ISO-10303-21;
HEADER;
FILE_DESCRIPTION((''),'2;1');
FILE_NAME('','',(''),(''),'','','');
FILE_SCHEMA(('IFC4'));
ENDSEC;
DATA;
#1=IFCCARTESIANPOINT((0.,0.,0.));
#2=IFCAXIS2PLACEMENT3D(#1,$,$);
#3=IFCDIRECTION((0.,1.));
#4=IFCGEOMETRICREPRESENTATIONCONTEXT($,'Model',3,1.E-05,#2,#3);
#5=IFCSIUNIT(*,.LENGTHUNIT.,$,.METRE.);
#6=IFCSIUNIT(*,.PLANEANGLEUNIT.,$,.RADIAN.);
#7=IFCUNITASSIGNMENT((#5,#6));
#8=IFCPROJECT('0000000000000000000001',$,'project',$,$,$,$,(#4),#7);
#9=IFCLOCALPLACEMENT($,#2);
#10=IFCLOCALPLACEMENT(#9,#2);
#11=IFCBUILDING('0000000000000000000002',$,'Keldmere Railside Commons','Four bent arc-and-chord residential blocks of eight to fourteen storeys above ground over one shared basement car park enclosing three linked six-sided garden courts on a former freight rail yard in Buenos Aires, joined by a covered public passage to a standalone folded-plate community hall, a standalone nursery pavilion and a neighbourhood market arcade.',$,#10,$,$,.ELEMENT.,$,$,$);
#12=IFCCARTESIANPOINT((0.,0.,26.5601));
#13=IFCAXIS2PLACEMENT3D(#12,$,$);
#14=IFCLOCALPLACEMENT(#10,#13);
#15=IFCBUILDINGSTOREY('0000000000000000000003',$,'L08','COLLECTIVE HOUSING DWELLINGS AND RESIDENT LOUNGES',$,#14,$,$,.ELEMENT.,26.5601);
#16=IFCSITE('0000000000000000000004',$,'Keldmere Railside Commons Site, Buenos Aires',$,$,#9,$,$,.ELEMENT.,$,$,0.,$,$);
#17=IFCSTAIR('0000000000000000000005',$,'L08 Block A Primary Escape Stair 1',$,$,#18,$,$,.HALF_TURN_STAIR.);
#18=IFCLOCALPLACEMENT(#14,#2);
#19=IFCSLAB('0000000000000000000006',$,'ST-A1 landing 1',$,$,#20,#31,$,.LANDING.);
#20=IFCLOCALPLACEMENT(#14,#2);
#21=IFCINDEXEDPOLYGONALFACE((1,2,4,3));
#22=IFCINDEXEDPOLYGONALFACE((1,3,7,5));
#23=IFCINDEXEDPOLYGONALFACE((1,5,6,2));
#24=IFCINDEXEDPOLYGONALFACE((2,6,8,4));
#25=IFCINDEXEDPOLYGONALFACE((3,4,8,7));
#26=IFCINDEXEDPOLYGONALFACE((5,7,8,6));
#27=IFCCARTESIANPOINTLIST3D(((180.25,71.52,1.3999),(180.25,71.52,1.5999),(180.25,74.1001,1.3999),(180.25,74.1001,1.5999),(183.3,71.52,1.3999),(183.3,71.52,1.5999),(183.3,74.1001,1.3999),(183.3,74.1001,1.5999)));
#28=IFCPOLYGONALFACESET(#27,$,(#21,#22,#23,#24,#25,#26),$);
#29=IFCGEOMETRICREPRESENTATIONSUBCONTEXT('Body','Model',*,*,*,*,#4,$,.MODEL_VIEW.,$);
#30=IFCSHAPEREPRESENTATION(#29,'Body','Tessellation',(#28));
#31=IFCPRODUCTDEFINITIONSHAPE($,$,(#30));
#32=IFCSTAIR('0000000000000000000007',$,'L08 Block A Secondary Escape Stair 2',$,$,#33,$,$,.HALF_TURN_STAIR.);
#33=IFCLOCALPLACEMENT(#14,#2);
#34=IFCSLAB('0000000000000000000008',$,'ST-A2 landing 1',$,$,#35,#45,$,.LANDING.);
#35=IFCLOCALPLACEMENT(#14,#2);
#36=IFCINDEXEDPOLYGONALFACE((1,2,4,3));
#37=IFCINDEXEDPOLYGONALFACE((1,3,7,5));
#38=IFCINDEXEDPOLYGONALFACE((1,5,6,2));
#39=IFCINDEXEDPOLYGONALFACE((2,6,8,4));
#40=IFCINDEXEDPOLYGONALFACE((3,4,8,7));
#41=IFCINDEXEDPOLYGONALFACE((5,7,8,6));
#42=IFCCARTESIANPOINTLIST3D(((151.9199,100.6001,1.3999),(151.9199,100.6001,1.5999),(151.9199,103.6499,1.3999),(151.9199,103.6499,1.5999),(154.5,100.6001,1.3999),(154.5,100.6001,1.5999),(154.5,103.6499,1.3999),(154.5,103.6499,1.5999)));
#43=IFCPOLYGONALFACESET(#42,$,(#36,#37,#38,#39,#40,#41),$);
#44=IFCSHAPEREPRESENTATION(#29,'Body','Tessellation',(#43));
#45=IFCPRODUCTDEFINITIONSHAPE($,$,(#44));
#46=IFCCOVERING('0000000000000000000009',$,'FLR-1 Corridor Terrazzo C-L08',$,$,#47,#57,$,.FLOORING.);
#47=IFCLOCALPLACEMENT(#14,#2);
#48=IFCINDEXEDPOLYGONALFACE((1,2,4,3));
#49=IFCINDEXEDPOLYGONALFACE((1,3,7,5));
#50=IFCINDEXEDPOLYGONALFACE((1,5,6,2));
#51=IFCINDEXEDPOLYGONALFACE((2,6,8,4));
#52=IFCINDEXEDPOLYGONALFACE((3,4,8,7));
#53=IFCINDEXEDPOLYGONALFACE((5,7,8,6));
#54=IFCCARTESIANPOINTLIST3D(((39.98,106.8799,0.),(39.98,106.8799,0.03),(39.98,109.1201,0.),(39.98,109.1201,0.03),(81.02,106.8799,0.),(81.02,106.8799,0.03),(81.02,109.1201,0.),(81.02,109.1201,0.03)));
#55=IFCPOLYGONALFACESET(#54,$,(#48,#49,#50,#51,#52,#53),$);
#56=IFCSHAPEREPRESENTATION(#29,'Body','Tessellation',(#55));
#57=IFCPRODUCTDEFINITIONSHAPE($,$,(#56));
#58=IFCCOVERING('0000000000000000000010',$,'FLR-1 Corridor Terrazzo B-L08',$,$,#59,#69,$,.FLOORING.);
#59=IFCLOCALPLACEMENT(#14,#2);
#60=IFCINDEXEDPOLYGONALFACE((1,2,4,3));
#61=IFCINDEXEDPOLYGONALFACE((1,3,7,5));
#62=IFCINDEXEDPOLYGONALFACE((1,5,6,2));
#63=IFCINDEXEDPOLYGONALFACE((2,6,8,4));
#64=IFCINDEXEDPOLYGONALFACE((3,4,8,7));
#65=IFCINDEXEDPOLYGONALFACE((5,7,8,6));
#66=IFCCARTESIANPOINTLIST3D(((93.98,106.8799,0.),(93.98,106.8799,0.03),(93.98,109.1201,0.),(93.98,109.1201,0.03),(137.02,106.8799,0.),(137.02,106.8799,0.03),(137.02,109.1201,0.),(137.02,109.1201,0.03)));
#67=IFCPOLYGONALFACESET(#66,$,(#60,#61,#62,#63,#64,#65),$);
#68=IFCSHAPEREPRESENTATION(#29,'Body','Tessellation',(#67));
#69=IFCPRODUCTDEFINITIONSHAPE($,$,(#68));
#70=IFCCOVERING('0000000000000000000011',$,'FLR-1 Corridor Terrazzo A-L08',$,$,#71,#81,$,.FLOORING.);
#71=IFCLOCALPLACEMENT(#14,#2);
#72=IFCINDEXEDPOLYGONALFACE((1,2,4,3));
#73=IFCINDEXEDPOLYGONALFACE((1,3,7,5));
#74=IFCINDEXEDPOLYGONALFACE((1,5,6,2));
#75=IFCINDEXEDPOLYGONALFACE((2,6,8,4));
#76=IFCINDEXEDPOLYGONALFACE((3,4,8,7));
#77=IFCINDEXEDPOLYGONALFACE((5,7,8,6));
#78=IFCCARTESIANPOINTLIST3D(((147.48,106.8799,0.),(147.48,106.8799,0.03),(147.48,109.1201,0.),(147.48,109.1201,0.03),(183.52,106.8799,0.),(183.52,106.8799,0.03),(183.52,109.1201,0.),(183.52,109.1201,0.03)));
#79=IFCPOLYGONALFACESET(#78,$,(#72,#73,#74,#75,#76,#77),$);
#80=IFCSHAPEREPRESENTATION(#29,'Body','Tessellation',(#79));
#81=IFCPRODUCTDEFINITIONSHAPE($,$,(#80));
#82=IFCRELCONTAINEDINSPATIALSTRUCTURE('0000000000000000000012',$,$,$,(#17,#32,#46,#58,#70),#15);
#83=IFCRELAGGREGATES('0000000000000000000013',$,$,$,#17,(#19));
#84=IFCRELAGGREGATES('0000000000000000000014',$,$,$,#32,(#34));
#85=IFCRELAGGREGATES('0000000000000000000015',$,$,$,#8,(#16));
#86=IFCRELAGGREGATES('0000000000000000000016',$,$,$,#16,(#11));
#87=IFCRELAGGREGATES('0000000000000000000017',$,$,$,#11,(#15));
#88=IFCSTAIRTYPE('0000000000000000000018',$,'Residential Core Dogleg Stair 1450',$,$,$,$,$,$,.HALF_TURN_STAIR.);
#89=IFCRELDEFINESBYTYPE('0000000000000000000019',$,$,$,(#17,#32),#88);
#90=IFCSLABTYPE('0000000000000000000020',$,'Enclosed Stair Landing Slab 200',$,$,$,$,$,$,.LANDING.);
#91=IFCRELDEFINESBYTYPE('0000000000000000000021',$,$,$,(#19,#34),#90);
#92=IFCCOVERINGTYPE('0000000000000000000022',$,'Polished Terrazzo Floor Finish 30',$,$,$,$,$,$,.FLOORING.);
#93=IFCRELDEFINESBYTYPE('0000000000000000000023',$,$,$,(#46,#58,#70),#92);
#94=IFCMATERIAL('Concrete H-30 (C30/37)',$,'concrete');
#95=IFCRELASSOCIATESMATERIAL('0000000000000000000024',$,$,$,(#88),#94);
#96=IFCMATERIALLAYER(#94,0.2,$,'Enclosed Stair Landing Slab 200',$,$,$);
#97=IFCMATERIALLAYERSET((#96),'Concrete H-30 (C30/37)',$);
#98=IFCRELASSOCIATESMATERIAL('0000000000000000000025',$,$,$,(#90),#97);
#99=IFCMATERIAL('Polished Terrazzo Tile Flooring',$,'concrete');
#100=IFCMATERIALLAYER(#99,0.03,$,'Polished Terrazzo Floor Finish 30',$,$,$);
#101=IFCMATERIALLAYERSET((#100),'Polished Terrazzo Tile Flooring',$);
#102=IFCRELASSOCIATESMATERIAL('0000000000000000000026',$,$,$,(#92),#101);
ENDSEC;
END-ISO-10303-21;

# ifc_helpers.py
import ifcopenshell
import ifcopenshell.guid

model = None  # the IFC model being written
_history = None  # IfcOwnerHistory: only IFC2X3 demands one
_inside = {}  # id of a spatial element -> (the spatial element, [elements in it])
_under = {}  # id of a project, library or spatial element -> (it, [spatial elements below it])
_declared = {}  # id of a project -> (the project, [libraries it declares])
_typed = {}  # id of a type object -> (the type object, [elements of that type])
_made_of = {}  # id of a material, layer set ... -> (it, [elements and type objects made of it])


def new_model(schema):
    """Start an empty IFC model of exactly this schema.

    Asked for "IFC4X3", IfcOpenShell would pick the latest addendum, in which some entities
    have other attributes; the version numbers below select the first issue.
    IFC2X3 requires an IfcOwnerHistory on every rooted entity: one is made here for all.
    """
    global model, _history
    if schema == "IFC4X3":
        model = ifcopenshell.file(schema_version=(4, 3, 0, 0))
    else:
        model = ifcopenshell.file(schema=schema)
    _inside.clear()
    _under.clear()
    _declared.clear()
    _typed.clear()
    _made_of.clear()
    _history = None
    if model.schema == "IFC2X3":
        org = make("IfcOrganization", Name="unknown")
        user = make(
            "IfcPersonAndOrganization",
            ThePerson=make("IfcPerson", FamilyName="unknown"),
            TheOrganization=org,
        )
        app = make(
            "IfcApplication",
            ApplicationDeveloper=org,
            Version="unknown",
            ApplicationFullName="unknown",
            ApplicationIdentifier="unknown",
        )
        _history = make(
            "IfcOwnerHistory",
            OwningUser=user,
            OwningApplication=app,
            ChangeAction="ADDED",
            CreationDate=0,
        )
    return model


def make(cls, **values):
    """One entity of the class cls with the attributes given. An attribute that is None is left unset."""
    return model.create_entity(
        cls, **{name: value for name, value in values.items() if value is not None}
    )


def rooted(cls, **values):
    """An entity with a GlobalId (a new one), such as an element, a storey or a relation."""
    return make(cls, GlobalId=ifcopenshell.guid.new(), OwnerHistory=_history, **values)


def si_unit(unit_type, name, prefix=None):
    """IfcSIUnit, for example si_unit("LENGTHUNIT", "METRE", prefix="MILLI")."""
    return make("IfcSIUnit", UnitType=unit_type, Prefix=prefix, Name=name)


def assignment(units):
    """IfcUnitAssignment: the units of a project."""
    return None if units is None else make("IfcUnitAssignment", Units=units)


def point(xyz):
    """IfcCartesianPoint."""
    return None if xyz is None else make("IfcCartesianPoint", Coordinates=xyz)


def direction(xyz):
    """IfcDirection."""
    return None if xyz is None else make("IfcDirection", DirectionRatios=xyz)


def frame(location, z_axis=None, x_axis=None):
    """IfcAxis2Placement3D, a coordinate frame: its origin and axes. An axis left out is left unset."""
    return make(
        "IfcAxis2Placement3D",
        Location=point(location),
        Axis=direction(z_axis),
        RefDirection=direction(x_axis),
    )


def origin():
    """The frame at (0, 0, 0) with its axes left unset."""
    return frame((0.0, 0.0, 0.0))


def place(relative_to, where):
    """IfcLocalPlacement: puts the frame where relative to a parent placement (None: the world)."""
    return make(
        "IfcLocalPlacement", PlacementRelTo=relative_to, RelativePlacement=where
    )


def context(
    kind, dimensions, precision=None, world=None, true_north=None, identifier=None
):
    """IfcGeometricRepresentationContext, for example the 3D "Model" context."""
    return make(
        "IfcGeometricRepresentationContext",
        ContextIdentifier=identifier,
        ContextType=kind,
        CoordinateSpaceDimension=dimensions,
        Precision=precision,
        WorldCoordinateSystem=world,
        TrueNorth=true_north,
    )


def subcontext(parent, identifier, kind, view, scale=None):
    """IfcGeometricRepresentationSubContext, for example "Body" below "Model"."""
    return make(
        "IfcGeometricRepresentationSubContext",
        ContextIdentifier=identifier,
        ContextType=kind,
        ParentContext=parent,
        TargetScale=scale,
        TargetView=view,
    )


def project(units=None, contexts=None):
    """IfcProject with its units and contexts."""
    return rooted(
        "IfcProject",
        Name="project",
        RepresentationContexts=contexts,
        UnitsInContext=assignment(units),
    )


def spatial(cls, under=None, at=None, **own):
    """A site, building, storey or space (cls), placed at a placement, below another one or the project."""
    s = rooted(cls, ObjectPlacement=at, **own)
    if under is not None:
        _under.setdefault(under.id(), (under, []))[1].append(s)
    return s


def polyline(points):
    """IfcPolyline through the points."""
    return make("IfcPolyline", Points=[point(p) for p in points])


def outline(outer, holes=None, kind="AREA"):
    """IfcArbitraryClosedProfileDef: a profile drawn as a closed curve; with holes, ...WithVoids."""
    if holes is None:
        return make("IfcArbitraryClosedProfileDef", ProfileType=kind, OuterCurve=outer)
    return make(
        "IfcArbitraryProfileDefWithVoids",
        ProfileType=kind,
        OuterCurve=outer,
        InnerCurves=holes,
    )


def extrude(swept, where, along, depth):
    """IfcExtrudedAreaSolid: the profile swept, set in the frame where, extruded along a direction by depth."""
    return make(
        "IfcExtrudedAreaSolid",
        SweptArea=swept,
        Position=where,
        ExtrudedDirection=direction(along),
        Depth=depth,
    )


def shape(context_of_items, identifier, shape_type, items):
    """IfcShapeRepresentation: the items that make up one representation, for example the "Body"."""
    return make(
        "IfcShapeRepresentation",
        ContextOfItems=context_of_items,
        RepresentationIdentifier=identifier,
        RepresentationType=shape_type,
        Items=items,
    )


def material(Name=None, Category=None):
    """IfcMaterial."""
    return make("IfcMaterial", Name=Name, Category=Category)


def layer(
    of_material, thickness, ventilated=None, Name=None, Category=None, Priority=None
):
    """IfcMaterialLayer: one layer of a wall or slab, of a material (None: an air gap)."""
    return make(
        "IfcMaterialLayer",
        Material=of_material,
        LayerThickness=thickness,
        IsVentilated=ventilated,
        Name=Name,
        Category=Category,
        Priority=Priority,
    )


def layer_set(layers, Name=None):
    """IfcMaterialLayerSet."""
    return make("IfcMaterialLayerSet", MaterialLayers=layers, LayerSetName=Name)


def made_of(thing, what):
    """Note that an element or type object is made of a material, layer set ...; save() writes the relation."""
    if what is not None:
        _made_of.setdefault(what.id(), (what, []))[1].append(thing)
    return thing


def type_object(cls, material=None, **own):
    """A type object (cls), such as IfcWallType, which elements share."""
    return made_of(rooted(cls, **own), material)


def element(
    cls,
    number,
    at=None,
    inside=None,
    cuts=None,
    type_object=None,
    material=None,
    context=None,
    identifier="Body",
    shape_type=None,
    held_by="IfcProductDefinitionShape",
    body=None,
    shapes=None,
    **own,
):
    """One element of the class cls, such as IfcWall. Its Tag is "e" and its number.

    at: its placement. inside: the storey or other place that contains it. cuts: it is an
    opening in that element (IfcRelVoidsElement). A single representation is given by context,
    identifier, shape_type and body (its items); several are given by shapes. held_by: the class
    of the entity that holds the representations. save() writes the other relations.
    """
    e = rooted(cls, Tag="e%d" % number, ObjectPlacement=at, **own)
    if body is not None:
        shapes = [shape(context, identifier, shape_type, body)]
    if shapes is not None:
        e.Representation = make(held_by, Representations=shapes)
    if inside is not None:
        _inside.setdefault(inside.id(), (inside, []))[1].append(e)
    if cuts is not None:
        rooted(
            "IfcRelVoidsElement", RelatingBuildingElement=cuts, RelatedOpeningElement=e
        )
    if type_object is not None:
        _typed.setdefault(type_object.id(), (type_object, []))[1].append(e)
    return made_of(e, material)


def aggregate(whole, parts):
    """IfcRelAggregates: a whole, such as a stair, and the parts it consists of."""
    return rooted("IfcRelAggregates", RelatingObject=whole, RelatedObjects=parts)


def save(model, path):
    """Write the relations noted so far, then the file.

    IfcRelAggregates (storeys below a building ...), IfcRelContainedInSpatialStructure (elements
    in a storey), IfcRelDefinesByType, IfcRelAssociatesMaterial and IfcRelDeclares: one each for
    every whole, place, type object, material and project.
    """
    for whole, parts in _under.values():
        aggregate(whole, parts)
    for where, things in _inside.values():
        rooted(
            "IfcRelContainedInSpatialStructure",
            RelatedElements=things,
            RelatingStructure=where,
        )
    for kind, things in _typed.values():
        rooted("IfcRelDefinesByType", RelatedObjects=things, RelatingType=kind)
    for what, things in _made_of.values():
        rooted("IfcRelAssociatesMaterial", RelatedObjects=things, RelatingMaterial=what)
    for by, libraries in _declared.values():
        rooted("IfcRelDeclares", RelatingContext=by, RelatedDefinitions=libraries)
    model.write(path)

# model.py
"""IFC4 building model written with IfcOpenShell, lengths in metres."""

from ifc_helpers import new_model, si_unit, direction, frame, origin, place, context, subcontext, project, spatial, polyline, outline, extrude, material, layer, layer_set, type_object, element, aggregate, save


model = new_model("IFC4")

# Units and contexts
model_context = context("Model", 3, precision=1e-05, world=origin(), true_north=direction((0.0, 1.0)))
body_context = subcontext(model_context, "Body", "Model", "MODEL_VIEW")
ifc_project = project(units=[si_unit("LENGTHUNIT", "METRE"), si_unit("PLANEANGLEUNIT", "RADIAN")], contexts=[model_context])

# Site, building, storey
site_placement = place(None, origin())
site = spatial("IfcSite", under=ifc_project, at=site_placement, Name="Keldmere Railside Commons Site, Buenos Aires", CompositionType="ELEMENT", RefElevation=0.0)
building_placement = place(site_placement, origin())
building = spatial("IfcBuilding", under=site, at=building_placement, Name="Keldmere Railside Commons", Description="Four bent arc-and-chord residential blocks of eight to fourteen storeys above ground over one shared basement car park enclosing three linked six-sided garden courts on a former freight rail yard in Buenos Aires, joined by a covered public passage to a standalone folded-plate community hall, a standalone nursery pavilion and a neighbourhood market arcade.", CompositionType="ELEMENT")
storey_placement = place(building_placement, frame((0.0, 0.0, 26.5601)))
storey = spatial("IfcBuildingStorey", under=building, at=storey_placement, Name="L08", Description="COLLECTIVE HOUSING DWELLINGS AND RESIDENT LOUNGES", CompositionType="ELEMENT", Elevation=26.5601)

# Stairs, slabs
ifc_material_1 = material(Name="Concrete H-30 (C30/37)", Category="concrete")
stair_type = type_object("IfcStairType", Name="Residential Core Dogleg Stair 1450", PredefinedType="HALF_TURN_STAIR", material=ifc_material_1)
stair_1_placement = place(storey_placement, origin())
stair_1 = element("IfcStair", 1, at=stair_1_placement, inside=storey, type_object=stair_type, Name="L08 Block A Primary Escape Stair 1", PredefinedType="HALF_TURN_STAIR")
ifc_layer_1 = layer(ifc_material_1, 0.2, Name="Enclosed Stair Landing Slab 200")
ifc_layer_set_1 = layer_set([ifc_layer_1], Name="Concrete H-30 (C30/37)")
slab_type = type_object("IfcSlabType", Name="Enclosed Stair Landing Slab 200", PredefinedType="LANDING", material=ifc_layer_set_1)
slab_1_placement = place(storey_placement, frame((0.0, 0.0, 1.3999)))
slab_1 = element("IfcSlab", 2, at=slab_1_placement, type_object=slab_type, Name="ST-A1 landing 1", PredefinedType="LANDING", context=body_context, shape_type="SweptSolid", body=[
    extrude(outline(polyline([(183.3, 71.52), (183.3, 74.1001), (180.25, 74.1001), (180.25, 71.52), (183.3, 71.52)])), origin(), (0.0, 0.0, 1.0), 0.2),
])
aggregate(stair_1, [slab_1])
stair_2_placement = place(storey_placement, origin())
stair_2 = element("IfcStair", 3, at=stair_2_placement, inside=storey, type_object=stair_type, Name="L08 Block A Secondary Escape Stair 2", PredefinedType="HALF_TURN_STAIR")
slab_2_placement = place(storey_placement, frame((0.0, 0.0, 1.3999)))
slab_2 = element("IfcSlab", 4, at=slab_2_placement, type_object=slab_type, Name="ST-A2 landing 1", PredefinedType="LANDING", context=body_context, shape_type="SweptSolid", body=[
    extrude(outline(polyline([(151.9199, 100.6001), (154.5, 100.6001), (154.5, 103.6499), (151.9199, 103.6499), (151.9199, 100.6001)])), origin(), (0.0, 0.0, 1.0), 0.2),
])
aggregate(stair_2, [slab_2])

# Coverings
ifc_material_2 = material(Name="Polished Terrazzo Tile Flooring", Category="concrete")
ifc_layer_2 = layer(ifc_material_2, 0.03, Name="Polished Terrazzo Floor Finish 30")
ifc_layer_set_2 = layer_set([ifc_layer_2], Name="Polished Terrazzo Tile Flooring")
covering_type_1 = type_object("IfcCoveringType", Name="Polished Terrazzo Floor Finish 30", PredefinedType="FLOORING", material=ifc_layer_set_2)
covering_1_placement = place(storey_placement, origin())
element("IfcCovering", 5, at=covering_1_placement, inside=storey, type_object=covering_type_1, Name="FLR-1 Corridor Terrazzo C-L08", PredefinedType="FLOORING", context=body_context, shape_type="SweptSolid", body=[
    extrude(outline(polyline([(39.98, 106.8799), (81.02, 106.8799), (81.02, 109.1201), (39.98, 109.1201), (39.98, 106.8799)])), origin(), (0.0, 0.0, 1.0), 0.03),
])
covering_2_placement = place(storey_placement, origin())
element("IfcCovering", 6, at=covering_2_placement, inside=storey, type_object=covering_type_1, Name="FLR-1 Corridor Terrazzo B-L08", PredefinedType="FLOORING", context=body_context, shape_type="SweptSolid", body=[
    extrude(outline(polyline([(93.98, 106.8799), (137.02, 106.8799), (137.02, 109.1201), (93.98, 109.1201), (93.98, 106.8799)])), origin(), (0.0, 0.0, 1.0), 0.03),
])
covering_3_placement = place(storey_placement, origin())
element("IfcCovering", 7, at=covering_3_placement, inside=storey, type_object=covering_type_1, Name="FLR-1 Corridor Terrazzo A-L08", PredefinedType="FLOORING", context=body_context, shape_type="SweptSolid", body=[
    extrude(outline(polyline([(147.48, 106.8799), (183.52, 106.8799), (183.52, 109.1201), (147.48, 109.1201), (147.48, 106.8799)])), origin(), (0.0, 0.0, 1.0), 0.03),
])

save(model, "model.ifc")
